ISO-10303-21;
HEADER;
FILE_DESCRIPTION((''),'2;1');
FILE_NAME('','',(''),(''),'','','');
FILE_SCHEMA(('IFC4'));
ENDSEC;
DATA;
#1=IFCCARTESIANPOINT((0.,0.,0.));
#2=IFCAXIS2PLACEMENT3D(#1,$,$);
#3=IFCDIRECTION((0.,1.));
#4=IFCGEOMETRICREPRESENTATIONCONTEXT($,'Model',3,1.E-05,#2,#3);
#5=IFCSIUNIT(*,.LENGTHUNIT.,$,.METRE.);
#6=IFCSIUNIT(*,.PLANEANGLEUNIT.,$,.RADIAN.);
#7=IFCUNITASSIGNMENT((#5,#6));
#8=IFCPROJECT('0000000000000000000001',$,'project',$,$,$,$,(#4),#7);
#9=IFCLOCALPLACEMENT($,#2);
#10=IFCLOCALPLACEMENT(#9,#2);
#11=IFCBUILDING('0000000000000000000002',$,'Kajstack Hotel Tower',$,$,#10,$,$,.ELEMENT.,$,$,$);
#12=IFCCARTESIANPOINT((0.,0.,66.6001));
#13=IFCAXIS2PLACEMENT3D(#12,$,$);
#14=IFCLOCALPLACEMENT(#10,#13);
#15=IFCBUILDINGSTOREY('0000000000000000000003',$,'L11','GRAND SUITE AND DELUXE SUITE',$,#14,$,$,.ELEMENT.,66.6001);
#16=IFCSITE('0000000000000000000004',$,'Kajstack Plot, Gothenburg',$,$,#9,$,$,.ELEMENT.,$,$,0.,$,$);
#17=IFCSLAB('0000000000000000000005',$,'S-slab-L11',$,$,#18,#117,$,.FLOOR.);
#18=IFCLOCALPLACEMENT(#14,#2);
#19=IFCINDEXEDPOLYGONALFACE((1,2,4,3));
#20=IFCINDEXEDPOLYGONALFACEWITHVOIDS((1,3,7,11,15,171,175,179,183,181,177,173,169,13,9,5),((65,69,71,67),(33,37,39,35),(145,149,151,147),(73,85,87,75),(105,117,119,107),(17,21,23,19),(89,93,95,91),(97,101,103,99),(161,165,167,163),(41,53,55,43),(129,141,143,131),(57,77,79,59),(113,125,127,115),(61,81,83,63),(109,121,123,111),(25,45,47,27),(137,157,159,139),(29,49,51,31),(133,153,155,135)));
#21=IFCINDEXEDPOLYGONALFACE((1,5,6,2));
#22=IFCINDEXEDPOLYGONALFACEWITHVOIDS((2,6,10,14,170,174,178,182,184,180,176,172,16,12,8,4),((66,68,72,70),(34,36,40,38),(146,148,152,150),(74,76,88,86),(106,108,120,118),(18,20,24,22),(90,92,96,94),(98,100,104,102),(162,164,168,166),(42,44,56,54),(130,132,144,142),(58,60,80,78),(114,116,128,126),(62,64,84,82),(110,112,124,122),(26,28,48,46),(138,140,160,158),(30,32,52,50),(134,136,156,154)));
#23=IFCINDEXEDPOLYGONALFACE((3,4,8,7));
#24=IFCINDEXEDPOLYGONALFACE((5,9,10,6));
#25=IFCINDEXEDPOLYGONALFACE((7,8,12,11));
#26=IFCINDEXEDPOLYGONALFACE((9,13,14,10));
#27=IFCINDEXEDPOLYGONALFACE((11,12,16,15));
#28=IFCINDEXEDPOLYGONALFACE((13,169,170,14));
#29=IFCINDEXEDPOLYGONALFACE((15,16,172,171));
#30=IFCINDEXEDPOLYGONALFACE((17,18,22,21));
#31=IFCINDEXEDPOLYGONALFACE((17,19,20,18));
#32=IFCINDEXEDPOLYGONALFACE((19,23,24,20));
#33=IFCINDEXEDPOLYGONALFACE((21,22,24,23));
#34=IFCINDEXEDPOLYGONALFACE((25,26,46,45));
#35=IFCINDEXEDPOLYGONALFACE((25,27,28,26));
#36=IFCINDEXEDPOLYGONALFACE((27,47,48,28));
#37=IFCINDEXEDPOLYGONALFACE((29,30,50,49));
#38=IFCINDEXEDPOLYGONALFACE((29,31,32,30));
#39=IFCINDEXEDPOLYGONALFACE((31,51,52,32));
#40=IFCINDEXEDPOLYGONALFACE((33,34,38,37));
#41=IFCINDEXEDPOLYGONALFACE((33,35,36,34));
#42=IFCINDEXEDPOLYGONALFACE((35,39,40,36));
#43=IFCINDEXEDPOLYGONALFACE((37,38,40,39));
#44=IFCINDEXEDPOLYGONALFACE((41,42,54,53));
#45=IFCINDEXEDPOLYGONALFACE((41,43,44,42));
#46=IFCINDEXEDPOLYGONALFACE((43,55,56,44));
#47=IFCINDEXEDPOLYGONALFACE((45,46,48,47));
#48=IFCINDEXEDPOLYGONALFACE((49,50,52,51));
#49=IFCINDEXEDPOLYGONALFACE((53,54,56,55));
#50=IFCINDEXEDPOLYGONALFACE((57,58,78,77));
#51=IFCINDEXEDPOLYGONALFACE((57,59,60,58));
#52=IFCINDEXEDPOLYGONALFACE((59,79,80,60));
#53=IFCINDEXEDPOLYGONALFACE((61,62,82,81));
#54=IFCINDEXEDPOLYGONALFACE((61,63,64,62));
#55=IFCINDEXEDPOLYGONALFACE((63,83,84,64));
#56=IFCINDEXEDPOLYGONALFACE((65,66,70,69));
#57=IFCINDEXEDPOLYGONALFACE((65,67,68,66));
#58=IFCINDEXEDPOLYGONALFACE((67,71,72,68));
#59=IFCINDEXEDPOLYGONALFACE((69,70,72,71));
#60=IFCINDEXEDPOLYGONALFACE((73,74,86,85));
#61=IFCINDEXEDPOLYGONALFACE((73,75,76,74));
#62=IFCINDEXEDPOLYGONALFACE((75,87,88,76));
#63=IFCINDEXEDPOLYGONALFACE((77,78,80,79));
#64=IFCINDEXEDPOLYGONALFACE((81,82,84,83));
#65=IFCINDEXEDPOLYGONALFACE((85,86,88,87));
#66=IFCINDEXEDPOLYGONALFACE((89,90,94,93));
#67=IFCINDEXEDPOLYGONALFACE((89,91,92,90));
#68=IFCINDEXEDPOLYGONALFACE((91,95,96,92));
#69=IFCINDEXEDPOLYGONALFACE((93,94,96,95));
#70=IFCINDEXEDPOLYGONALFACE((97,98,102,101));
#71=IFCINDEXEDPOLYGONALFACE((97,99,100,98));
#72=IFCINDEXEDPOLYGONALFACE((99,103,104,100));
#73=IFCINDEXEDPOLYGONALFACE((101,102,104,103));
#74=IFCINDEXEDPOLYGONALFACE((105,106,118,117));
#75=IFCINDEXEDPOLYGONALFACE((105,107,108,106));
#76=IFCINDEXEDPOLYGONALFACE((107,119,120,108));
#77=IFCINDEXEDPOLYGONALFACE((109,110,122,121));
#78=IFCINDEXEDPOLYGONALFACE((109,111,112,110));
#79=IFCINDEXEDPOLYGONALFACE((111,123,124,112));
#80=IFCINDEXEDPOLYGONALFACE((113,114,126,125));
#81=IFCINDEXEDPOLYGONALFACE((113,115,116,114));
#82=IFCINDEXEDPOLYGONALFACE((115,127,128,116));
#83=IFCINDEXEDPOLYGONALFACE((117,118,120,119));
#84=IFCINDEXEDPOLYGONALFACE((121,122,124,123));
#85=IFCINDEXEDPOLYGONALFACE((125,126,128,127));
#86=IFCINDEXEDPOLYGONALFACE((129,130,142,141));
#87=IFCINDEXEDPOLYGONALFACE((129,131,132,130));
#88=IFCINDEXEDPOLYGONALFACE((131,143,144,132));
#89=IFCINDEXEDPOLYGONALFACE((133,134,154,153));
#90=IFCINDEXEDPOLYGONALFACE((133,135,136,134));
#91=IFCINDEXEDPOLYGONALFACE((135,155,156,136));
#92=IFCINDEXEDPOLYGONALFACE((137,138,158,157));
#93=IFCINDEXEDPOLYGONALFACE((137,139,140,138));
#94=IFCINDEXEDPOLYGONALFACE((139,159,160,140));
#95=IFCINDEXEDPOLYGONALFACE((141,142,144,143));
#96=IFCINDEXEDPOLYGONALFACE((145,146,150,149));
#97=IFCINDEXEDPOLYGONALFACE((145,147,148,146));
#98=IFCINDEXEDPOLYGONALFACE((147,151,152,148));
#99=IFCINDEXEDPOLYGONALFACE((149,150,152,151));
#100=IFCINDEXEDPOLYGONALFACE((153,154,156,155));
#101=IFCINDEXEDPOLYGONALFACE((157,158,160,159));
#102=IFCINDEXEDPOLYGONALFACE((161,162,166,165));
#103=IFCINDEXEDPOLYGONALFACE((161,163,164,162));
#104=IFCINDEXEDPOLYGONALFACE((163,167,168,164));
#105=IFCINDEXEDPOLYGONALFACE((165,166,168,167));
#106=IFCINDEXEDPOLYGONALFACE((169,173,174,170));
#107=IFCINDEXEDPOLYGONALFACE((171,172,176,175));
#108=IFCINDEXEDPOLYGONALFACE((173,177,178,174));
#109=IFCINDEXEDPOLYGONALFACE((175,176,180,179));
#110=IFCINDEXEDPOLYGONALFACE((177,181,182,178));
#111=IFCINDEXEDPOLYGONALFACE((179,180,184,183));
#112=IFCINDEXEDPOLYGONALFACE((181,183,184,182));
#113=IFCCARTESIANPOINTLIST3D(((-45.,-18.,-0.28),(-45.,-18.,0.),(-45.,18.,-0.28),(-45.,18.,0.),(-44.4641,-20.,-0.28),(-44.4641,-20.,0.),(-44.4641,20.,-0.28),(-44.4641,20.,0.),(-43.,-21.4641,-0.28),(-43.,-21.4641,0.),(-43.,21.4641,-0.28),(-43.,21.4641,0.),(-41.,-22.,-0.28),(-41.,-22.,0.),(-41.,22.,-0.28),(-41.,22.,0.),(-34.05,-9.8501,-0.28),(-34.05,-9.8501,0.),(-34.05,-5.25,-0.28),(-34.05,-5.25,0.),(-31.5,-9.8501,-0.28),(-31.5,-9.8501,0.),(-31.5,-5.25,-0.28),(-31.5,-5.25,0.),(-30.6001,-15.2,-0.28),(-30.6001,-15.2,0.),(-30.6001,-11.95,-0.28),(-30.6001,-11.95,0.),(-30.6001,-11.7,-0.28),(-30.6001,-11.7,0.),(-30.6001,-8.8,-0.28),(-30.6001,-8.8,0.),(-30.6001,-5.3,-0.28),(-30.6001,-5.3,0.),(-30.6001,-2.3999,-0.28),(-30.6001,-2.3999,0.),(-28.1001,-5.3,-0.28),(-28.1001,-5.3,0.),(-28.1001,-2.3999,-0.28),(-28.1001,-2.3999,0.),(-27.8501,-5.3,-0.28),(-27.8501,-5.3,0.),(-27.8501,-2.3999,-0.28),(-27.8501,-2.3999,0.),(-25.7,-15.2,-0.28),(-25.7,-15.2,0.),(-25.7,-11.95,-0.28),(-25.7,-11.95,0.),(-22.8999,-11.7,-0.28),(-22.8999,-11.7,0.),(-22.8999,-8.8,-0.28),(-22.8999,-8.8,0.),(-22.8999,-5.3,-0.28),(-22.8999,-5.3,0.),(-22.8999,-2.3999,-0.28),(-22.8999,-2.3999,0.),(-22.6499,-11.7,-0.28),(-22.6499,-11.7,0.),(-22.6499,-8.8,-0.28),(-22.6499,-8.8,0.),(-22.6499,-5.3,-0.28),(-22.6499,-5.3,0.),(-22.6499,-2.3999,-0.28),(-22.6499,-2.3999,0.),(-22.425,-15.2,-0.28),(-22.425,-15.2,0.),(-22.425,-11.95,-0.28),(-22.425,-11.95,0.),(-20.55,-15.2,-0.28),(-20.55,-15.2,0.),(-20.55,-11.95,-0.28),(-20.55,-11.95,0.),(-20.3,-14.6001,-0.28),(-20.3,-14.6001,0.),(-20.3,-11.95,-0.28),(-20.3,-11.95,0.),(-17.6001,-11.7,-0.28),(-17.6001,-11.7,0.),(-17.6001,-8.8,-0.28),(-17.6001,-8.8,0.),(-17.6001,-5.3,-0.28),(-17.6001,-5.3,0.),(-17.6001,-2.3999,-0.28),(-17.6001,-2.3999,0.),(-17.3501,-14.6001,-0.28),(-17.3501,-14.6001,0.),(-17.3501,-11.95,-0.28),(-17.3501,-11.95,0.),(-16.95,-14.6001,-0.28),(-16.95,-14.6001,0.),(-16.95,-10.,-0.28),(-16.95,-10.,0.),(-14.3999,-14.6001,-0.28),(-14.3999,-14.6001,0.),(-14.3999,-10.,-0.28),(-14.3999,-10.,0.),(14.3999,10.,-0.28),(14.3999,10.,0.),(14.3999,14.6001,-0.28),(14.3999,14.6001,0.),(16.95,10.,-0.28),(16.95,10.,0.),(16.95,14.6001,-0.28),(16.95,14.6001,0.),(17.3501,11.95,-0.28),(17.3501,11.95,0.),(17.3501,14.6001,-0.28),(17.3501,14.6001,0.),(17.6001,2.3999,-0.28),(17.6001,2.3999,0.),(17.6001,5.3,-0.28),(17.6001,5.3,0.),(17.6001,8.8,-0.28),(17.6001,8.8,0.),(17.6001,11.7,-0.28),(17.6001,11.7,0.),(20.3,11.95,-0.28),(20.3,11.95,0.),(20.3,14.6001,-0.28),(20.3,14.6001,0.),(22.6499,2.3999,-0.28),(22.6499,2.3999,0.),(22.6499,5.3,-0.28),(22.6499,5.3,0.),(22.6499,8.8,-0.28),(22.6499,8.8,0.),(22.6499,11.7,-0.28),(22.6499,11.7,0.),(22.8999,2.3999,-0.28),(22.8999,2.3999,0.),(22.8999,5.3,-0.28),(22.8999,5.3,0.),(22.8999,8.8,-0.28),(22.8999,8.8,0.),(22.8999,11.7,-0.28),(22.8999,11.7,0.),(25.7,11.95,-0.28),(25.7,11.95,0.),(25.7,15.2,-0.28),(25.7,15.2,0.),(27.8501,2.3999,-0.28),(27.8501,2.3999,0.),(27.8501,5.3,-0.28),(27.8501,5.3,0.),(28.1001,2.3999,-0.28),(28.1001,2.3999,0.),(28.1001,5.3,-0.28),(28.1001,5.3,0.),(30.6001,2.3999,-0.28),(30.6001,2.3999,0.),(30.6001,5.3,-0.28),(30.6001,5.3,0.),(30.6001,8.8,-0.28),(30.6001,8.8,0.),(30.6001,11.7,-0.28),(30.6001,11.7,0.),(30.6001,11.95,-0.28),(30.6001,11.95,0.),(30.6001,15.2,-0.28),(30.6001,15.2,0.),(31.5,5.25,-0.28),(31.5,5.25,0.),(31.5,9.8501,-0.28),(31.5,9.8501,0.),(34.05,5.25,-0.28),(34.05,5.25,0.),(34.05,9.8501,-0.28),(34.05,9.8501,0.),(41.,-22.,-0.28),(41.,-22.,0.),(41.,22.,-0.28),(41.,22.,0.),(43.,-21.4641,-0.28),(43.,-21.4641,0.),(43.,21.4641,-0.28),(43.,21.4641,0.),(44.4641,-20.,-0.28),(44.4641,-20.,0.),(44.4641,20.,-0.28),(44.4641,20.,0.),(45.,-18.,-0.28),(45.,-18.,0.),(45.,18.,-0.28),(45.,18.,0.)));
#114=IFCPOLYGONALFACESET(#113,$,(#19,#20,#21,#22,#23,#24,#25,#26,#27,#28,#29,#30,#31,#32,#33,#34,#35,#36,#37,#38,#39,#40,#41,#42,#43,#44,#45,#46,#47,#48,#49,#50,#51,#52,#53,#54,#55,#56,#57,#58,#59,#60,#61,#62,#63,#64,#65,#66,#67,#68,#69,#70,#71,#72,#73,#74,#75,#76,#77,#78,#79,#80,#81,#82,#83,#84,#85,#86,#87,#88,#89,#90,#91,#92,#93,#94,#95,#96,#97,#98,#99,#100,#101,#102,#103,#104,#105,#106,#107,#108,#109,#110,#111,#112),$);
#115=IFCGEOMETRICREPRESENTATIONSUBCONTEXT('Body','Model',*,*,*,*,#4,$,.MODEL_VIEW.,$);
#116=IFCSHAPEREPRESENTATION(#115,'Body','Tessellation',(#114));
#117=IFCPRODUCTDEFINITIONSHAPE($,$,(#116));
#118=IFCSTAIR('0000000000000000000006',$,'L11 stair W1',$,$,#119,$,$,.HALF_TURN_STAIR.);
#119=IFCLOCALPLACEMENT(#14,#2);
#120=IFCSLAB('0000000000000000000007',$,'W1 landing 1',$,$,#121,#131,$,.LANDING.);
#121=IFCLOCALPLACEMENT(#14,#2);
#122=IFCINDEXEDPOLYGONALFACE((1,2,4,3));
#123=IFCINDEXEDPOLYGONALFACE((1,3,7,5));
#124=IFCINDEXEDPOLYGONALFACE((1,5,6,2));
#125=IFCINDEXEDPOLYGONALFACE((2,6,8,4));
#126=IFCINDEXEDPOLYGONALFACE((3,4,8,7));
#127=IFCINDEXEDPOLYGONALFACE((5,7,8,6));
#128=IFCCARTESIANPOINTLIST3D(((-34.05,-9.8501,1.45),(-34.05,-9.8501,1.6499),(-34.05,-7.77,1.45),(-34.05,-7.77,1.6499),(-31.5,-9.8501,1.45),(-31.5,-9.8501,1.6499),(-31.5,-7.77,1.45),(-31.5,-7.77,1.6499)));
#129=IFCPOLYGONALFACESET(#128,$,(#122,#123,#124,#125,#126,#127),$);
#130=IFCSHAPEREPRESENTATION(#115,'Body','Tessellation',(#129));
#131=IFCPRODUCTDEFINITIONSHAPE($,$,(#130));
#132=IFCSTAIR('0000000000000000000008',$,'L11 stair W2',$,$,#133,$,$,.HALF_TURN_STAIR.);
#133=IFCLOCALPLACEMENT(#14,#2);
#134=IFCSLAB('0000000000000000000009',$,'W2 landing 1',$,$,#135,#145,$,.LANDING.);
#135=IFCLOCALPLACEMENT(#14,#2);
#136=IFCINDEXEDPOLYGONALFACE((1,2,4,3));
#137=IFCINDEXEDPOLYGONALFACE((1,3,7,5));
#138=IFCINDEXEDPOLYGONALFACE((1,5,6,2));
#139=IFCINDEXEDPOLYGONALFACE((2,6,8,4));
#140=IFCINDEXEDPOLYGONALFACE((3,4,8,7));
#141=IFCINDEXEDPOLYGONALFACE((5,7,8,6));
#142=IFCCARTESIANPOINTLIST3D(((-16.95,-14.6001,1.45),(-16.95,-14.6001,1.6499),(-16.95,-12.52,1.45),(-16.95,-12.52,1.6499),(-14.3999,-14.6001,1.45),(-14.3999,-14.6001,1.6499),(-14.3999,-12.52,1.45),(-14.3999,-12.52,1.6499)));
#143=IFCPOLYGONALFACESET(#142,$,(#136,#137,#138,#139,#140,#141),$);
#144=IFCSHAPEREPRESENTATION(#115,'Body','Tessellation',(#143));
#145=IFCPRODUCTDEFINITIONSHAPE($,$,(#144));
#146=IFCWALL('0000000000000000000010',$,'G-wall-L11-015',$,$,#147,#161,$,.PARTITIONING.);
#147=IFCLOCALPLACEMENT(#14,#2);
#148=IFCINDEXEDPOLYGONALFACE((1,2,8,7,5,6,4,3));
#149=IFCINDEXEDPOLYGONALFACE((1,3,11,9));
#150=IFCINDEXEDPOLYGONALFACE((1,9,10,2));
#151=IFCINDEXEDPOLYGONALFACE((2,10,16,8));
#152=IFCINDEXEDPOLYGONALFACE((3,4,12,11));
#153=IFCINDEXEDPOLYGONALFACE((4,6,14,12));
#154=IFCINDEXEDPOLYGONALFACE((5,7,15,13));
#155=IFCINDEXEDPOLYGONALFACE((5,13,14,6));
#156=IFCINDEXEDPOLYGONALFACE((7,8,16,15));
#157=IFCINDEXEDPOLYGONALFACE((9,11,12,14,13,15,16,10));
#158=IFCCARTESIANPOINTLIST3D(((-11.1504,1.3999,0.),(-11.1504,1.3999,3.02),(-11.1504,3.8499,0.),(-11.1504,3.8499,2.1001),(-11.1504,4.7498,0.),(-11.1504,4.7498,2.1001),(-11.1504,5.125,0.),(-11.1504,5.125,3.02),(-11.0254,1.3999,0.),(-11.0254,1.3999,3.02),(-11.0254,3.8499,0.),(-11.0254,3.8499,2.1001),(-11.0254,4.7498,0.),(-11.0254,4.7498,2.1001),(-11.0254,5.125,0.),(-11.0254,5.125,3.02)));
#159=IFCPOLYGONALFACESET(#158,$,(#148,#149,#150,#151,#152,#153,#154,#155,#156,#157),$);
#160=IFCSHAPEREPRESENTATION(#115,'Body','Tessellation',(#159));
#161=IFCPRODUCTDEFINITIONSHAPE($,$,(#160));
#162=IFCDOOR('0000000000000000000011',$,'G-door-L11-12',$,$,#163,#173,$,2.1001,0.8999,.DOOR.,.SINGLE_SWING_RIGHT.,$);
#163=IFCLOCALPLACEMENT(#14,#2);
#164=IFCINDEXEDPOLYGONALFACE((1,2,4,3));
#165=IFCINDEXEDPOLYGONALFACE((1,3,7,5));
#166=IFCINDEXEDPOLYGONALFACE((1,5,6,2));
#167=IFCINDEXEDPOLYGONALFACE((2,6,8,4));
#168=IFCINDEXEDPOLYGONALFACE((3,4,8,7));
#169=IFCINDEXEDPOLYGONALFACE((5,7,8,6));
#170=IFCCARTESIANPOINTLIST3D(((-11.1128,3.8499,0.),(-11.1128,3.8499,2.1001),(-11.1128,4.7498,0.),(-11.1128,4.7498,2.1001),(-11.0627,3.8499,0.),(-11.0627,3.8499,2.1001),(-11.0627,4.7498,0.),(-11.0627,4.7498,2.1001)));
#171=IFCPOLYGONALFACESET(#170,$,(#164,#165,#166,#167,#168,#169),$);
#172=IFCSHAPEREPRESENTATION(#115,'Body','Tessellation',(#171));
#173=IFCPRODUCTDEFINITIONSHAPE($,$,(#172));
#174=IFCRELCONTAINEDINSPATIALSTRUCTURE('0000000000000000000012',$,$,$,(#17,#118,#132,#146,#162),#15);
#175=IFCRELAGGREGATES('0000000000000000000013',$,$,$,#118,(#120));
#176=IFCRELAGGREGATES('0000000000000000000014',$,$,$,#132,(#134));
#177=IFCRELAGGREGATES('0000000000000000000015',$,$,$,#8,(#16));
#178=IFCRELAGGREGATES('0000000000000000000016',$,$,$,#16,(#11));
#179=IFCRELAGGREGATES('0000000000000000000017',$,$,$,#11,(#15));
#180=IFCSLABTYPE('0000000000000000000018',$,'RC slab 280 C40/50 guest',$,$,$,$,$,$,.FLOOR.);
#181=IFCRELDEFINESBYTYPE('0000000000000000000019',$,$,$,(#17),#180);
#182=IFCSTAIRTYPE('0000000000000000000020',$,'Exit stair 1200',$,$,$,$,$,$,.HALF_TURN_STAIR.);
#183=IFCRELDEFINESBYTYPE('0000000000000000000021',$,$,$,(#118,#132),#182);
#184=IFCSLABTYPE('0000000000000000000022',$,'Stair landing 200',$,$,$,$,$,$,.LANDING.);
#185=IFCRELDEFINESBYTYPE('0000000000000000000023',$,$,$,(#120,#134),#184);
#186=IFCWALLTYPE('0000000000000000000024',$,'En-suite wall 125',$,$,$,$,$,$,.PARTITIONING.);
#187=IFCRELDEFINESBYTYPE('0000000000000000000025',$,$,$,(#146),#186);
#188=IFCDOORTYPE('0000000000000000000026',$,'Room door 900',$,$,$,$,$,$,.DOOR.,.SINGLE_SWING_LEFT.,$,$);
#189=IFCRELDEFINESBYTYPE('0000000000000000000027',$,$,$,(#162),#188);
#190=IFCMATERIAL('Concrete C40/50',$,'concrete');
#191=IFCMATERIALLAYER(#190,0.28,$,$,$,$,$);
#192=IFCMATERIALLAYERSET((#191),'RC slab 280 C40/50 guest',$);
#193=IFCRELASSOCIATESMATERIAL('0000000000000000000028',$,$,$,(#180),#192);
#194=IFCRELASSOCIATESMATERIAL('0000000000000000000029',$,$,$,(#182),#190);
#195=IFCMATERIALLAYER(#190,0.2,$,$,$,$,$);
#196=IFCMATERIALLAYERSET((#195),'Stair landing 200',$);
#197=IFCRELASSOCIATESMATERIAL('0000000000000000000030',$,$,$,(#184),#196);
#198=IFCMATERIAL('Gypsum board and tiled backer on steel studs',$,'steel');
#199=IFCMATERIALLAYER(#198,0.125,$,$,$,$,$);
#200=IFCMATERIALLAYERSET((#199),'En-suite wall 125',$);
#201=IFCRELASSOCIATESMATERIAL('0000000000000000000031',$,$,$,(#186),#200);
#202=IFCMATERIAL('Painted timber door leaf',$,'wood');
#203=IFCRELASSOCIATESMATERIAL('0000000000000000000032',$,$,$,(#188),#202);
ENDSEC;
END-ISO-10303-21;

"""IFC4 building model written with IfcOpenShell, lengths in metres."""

from ifc_helpers import new_model, si_unit, direction, frame, frame_2d, origin, place, context, subcontext, project, spatial, polyline, rectangle, outline, extrude, material, layer, layer_set, type_object, element, fill, aggregate, save


model = new_model("IFC4")

# Units and contexts
model_context = context("Model", 3, precision=1e-05, world=origin(), true_north=direction((0.0, 1.0)))
body_context = subcontext(model_context, "Body", "Model", "MODEL_VIEW")
ifc_project = project(units=[si_unit("LENGTHUNIT", "METRE"), si_unit("PLANEANGLEUNIT", "RADIAN")], contexts=[model_context])

# Site, building, storey
site_placement = place(None, origin())
site = spatial("IfcSite", under=ifc_project, at=site_placement, Name="Kajstack Plot, Gothenburg", CompositionType="ELEMENT", RefElevation=0.0)
building_placement = place(site_placement, origin())
building = spatial("IfcBuilding", under=site, at=building_placement, Name="Kajstack Hotel Tower", CompositionType="ELEMENT")
storey_placement = place(building_placement, frame((0.0, 0.0, 66.6001)))
storey = spatial("IfcBuildingStorey", under=building, at=storey_placement, Name="L11", Description="GRAND SUITE AND DELUXE SUITE", CompositionType="ELEMENT", Elevation=66.6001)

# Slab
ifc_material_1 = material(Name="Concrete C40/50", Category="concrete")
ifc_layer_1 = layer(ifc_material_1, 0.28)
ifc_layer_set_1 = layer_set([ifc_layer_1], Name="RC slab 280 C40/50 guest")
slab_type_1 = type_object("IfcSlabType", Name="RC slab 280 C40/50 guest", PredefinedType="FLOOR", material=ifc_layer_set_1)
slab_1_placement = place(storey_placement, frame((0.0, 0.0, -0.28)))
element("IfcSlab", 1, at=slab_1_placement, inside=storey, type_object=slab_type_1, Name="S-slab-L11", PredefinedType="FLOOR", context=body_context, shape_type="SweptSolid", body=[
    extrude(outline(polyline([(-45.0, -18.0), (-44.4641, -20.0), (-43.0, -21.4641), (-41.0, -22.0), (41.0, -22.0), (43.0, -21.4641), (44.4641, -20.0), (45.0, -18.0), (45.0, 18.0), (44.4641, 20.0), (43.0, 21.4641), (41.0, 22.0), (-41.0, 22.0), (-43.0, 21.4641), (-44.4641, 20.0), (-45.0, 18.0), (-45.0, -18.0)]), holes=[polyline([(-30.6001, -11.7), (-30.6001, -8.8), (-22.8999, -8.8), (-22.8999, -11.7), (-30.6001, -11.7)]), polyline([(-22.6499, -11.7), (-22.6499, -8.8), (-17.6001, -8.8), (-17.6001, -11.7), (-22.6499, -11.7)]), polyline([(-27.8501, -5.3), (-27.8501, -2.3999), (-22.8999, -2.3999), (-22.8999, -5.3), (-27.8501, -5.3)]), polyline([(-22.6499, -5.3), (-22.6499, -2.3999), (-17.6001, -2.3999), (-17.6001, -5.3), (-22.6499, -5.3)]), polyline([(-20.3, -14.6001), (-17.3501, -14.6001), (-17.3501, -11.95), (-20.3, -11.95), (-20.3, -14.6001)]), polyline([(-30.6001, -5.3), (-28.1001, -5.3), (-28.1001, -2.3999), (-30.6001, -2.3999), (-30.6001, -5.3)]), polyline([(22.8999, 8.8), (22.8999, 11.7), (30.6001, 11.7), (30.6001, 8.8), (22.8999, 8.8)]), polyline([(17.6001, 8.8), (17.6001, 11.7), (22.6499, 11.7), (22.6499, 8.8), (17.6001, 8.8)]), polyline([(22.8999, 2.3999), (22.8999, 5.3), (27.8501, 5.3), (27.8501, 2.3999), (22.8999, 2.3999)]), polyline([(17.6001, 2.3999), (17.6001, 5.3), (22.6499, 5.3), (22.6499, 2.3999), (17.6001, 2.3999)]), polyline([(20.3, 14.6001), (17.3501, 14.6001), (17.3501, 11.95), (20.3, 11.95), (20.3, 14.6001)]), polyline([(30.6001, 5.3), (28.1001, 5.3), (28.1001, 2.3999), (30.6001, 2.3999), (30.6001, 5.3)]), polyline([(-34.05, -9.8501), (-31.5, -9.8501), (-31.5, -5.25), (-34.05, -5.25), (-34.05, -9.8501)]), polyline([(-16.95, -14.6001), (-14.3999, -14.6001), (-14.3999, -10.0), (-16.95, -10.0), (-16.95, -14.6001)]), polyline([(-30.6001, -15.2), (-25.7, -15.2), (-25.7, -11.95), (-30.6001, -11.95), (-30.6001, -15.2)]), polyline([(34.05, 9.8501), (31.5, 9.8501), (31.5, 5.25), (34.05, 5.25), (34.05, 9.8501)]), polyline([(16.95, 14.6001), (14.3999, 14.6001), (14.3999, 10.0), (16.95, 10.0), (16.95, 14.6001)]), polyline([(30.6001, 15.2), (25.7, 15.2), (25.7, 11.95), (30.6001, 11.95), (30.6001, 15.2)]), polyline([(-22.425, -15.2), (-22.425, -11.95), (-20.55, -11.95), (-20.55, -15.2), (-22.425, -15.2)])]), origin(), (0.0, 0.0, 1.0), 0.28),
])

# Stairs, slabs
stair_type = type_object("IfcStairType", Name="Exit stair 1200", PredefinedType="HALF_TURN_STAIR", material=ifc_material_1)
stair_1_placement = place(storey_placement, origin())
stair_1 = element("IfcStair", 2, at=stair_1_placement, inside=storey, type_object=stair_type, Name="L11 stair W1", PredefinedType="HALF_TURN_STAIR")
ifc_layer_2 = layer(ifc_material_1, 0.2)
ifc_layer_set_2 = layer_set([ifc_layer_2], Name="Stair landing 200")
slab_type_2 = type_object("IfcSlabType", Name="Stair landing 200", PredefinedType="LANDING", material=ifc_layer_set_2)
slab_2_placement = place(storey_placement, frame((0.0, 0.0, 1.45)))
slab_2 = element("IfcSlab", 3, at=slab_2_placement, type_object=slab_type_2, Name="W1 landing 1", PredefinedType="LANDING", context=body_context, shape_type="SweptSolid", body=[
    extrude(outline(polyline([(-34.05, -7.77), (-34.05, -9.8501), (-31.5, -9.8501), (-31.5, -7.77), (-34.05, -7.77)])), origin(), (0.0, 0.0, 1.0), 0.2),
])
aggregate(stair_1, [slab_2])
stair_2_placement = place(storey_placement, origin())
stair_2 = element("IfcStair", 4, at=stair_2_placement, inside=storey, type_object=stair_type, Name="L11 stair W2", PredefinedType="HALF_TURN_STAIR")
slab_3_placement = place(storey_placement, frame((0.0, 0.0, 1.45)))
slab_3 = element("IfcSlab", 5, at=slab_3_placement, type_object=slab_type_2, Name="W2 landing 1", PredefinedType="LANDING", context=body_context, shape_type="SweptSolid", body=[
    extrude(outline(polyline([(-16.95, -12.52), (-16.95, -14.6001), (-14.3999, -14.6001), (-14.3999, -12.52), (-16.95, -12.52)])), origin(), (0.0, 0.0, 1.0), 0.2),
])
aggregate(stair_2, [slab_3])

# Wall, opening, door
ifc_material_2 = material(Name="Gypsum board and tiled backer on steel studs", Category="steel")
ifc_layer_3 = layer(ifc_material_2, 0.125)
ifc_layer_set_3 = layer_set([ifc_layer_3], Name="En-suite wall 125")
wall_type_1 = type_object("IfcWallType", Name="En-suite wall 125", PredefinedType="PARTITIONING", material=ifc_layer_set_3)
wall_1_placement = place(storey_placement, frame((-11.0879, 1.3999, 0.0), z_axis=(0.0, 0.0, 1.0), x_axis=(0.0, 1.0, 0.0)))
wall_1 = element("IfcWall", 6, at=wall_1_placement, inside=storey, type_object=wall_type_1, Name="G-wall-L11-015", PredefinedType="PARTITIONING", context=body_context, shape_type="SweptSolid", body=[
    extrude(rectangle(XDim=3.7251, YDim=0.125, at=frame_2d((1.8625, 0.0))), origin(), (0.0, 0.0, 1.0), 3.02),
])
opening_1_placement = place(wall_1_placement, frame((2.45, 0.0, 0.0)))
opening_1 = element("IfcOpeningElement", 7, at=opening_1_placement, cuts=wall_1, PredefinedType="OPENING", context=body_context, shape_type="SweptSolid", body=[
    extrude(rectangle(XDim=0.8999, YDim=2.1001, at=frame_2d((0.45, 1.05))), frame((0.0, 0.0725, 0.0), z_axis=(0.0, -1.0, 0.0), x_axis=(1.0, 0.0, 0.0)), (0.0, 0.0, 1.0), 0.145),
])
ifc_material_3 = material(Name="Painted timber door leaf", Category="wood")
door_type = type_object("IfcDoorType", Name="Room door 900", OperationType="SINGLE_SWING_LEFT", PredefinedType="DOOR", material=ifc_material_3)
door_1_placement = place(opening_1_placement, origin())
door_1 = element("IfcDoor", 8, at=door_1_placement, inside=storey, type_object=door_type, Name="G-door-L11-12", OperationType="SINGLE_SWING_RIGHT", OverallHeight=2.1001, OverallWidth=0.8999, PredefinedType="DOOR", context=body_context, shape_type="SweptSolid", body=[
    extrude(rectangle(XDim=0.8999, YDim=2.1001, at=frame_2d((0.45, 1.05))), frame((0.0, 0.0249, 0.0), z_axis=(0.0, -1.0, 0.0), x_axis=(1.0, 0.0, 0.0)), (0.0, 0.0, 1.0), 0.05),
])
fill(opening_1, door_1)

save(model, "model.ifc")
